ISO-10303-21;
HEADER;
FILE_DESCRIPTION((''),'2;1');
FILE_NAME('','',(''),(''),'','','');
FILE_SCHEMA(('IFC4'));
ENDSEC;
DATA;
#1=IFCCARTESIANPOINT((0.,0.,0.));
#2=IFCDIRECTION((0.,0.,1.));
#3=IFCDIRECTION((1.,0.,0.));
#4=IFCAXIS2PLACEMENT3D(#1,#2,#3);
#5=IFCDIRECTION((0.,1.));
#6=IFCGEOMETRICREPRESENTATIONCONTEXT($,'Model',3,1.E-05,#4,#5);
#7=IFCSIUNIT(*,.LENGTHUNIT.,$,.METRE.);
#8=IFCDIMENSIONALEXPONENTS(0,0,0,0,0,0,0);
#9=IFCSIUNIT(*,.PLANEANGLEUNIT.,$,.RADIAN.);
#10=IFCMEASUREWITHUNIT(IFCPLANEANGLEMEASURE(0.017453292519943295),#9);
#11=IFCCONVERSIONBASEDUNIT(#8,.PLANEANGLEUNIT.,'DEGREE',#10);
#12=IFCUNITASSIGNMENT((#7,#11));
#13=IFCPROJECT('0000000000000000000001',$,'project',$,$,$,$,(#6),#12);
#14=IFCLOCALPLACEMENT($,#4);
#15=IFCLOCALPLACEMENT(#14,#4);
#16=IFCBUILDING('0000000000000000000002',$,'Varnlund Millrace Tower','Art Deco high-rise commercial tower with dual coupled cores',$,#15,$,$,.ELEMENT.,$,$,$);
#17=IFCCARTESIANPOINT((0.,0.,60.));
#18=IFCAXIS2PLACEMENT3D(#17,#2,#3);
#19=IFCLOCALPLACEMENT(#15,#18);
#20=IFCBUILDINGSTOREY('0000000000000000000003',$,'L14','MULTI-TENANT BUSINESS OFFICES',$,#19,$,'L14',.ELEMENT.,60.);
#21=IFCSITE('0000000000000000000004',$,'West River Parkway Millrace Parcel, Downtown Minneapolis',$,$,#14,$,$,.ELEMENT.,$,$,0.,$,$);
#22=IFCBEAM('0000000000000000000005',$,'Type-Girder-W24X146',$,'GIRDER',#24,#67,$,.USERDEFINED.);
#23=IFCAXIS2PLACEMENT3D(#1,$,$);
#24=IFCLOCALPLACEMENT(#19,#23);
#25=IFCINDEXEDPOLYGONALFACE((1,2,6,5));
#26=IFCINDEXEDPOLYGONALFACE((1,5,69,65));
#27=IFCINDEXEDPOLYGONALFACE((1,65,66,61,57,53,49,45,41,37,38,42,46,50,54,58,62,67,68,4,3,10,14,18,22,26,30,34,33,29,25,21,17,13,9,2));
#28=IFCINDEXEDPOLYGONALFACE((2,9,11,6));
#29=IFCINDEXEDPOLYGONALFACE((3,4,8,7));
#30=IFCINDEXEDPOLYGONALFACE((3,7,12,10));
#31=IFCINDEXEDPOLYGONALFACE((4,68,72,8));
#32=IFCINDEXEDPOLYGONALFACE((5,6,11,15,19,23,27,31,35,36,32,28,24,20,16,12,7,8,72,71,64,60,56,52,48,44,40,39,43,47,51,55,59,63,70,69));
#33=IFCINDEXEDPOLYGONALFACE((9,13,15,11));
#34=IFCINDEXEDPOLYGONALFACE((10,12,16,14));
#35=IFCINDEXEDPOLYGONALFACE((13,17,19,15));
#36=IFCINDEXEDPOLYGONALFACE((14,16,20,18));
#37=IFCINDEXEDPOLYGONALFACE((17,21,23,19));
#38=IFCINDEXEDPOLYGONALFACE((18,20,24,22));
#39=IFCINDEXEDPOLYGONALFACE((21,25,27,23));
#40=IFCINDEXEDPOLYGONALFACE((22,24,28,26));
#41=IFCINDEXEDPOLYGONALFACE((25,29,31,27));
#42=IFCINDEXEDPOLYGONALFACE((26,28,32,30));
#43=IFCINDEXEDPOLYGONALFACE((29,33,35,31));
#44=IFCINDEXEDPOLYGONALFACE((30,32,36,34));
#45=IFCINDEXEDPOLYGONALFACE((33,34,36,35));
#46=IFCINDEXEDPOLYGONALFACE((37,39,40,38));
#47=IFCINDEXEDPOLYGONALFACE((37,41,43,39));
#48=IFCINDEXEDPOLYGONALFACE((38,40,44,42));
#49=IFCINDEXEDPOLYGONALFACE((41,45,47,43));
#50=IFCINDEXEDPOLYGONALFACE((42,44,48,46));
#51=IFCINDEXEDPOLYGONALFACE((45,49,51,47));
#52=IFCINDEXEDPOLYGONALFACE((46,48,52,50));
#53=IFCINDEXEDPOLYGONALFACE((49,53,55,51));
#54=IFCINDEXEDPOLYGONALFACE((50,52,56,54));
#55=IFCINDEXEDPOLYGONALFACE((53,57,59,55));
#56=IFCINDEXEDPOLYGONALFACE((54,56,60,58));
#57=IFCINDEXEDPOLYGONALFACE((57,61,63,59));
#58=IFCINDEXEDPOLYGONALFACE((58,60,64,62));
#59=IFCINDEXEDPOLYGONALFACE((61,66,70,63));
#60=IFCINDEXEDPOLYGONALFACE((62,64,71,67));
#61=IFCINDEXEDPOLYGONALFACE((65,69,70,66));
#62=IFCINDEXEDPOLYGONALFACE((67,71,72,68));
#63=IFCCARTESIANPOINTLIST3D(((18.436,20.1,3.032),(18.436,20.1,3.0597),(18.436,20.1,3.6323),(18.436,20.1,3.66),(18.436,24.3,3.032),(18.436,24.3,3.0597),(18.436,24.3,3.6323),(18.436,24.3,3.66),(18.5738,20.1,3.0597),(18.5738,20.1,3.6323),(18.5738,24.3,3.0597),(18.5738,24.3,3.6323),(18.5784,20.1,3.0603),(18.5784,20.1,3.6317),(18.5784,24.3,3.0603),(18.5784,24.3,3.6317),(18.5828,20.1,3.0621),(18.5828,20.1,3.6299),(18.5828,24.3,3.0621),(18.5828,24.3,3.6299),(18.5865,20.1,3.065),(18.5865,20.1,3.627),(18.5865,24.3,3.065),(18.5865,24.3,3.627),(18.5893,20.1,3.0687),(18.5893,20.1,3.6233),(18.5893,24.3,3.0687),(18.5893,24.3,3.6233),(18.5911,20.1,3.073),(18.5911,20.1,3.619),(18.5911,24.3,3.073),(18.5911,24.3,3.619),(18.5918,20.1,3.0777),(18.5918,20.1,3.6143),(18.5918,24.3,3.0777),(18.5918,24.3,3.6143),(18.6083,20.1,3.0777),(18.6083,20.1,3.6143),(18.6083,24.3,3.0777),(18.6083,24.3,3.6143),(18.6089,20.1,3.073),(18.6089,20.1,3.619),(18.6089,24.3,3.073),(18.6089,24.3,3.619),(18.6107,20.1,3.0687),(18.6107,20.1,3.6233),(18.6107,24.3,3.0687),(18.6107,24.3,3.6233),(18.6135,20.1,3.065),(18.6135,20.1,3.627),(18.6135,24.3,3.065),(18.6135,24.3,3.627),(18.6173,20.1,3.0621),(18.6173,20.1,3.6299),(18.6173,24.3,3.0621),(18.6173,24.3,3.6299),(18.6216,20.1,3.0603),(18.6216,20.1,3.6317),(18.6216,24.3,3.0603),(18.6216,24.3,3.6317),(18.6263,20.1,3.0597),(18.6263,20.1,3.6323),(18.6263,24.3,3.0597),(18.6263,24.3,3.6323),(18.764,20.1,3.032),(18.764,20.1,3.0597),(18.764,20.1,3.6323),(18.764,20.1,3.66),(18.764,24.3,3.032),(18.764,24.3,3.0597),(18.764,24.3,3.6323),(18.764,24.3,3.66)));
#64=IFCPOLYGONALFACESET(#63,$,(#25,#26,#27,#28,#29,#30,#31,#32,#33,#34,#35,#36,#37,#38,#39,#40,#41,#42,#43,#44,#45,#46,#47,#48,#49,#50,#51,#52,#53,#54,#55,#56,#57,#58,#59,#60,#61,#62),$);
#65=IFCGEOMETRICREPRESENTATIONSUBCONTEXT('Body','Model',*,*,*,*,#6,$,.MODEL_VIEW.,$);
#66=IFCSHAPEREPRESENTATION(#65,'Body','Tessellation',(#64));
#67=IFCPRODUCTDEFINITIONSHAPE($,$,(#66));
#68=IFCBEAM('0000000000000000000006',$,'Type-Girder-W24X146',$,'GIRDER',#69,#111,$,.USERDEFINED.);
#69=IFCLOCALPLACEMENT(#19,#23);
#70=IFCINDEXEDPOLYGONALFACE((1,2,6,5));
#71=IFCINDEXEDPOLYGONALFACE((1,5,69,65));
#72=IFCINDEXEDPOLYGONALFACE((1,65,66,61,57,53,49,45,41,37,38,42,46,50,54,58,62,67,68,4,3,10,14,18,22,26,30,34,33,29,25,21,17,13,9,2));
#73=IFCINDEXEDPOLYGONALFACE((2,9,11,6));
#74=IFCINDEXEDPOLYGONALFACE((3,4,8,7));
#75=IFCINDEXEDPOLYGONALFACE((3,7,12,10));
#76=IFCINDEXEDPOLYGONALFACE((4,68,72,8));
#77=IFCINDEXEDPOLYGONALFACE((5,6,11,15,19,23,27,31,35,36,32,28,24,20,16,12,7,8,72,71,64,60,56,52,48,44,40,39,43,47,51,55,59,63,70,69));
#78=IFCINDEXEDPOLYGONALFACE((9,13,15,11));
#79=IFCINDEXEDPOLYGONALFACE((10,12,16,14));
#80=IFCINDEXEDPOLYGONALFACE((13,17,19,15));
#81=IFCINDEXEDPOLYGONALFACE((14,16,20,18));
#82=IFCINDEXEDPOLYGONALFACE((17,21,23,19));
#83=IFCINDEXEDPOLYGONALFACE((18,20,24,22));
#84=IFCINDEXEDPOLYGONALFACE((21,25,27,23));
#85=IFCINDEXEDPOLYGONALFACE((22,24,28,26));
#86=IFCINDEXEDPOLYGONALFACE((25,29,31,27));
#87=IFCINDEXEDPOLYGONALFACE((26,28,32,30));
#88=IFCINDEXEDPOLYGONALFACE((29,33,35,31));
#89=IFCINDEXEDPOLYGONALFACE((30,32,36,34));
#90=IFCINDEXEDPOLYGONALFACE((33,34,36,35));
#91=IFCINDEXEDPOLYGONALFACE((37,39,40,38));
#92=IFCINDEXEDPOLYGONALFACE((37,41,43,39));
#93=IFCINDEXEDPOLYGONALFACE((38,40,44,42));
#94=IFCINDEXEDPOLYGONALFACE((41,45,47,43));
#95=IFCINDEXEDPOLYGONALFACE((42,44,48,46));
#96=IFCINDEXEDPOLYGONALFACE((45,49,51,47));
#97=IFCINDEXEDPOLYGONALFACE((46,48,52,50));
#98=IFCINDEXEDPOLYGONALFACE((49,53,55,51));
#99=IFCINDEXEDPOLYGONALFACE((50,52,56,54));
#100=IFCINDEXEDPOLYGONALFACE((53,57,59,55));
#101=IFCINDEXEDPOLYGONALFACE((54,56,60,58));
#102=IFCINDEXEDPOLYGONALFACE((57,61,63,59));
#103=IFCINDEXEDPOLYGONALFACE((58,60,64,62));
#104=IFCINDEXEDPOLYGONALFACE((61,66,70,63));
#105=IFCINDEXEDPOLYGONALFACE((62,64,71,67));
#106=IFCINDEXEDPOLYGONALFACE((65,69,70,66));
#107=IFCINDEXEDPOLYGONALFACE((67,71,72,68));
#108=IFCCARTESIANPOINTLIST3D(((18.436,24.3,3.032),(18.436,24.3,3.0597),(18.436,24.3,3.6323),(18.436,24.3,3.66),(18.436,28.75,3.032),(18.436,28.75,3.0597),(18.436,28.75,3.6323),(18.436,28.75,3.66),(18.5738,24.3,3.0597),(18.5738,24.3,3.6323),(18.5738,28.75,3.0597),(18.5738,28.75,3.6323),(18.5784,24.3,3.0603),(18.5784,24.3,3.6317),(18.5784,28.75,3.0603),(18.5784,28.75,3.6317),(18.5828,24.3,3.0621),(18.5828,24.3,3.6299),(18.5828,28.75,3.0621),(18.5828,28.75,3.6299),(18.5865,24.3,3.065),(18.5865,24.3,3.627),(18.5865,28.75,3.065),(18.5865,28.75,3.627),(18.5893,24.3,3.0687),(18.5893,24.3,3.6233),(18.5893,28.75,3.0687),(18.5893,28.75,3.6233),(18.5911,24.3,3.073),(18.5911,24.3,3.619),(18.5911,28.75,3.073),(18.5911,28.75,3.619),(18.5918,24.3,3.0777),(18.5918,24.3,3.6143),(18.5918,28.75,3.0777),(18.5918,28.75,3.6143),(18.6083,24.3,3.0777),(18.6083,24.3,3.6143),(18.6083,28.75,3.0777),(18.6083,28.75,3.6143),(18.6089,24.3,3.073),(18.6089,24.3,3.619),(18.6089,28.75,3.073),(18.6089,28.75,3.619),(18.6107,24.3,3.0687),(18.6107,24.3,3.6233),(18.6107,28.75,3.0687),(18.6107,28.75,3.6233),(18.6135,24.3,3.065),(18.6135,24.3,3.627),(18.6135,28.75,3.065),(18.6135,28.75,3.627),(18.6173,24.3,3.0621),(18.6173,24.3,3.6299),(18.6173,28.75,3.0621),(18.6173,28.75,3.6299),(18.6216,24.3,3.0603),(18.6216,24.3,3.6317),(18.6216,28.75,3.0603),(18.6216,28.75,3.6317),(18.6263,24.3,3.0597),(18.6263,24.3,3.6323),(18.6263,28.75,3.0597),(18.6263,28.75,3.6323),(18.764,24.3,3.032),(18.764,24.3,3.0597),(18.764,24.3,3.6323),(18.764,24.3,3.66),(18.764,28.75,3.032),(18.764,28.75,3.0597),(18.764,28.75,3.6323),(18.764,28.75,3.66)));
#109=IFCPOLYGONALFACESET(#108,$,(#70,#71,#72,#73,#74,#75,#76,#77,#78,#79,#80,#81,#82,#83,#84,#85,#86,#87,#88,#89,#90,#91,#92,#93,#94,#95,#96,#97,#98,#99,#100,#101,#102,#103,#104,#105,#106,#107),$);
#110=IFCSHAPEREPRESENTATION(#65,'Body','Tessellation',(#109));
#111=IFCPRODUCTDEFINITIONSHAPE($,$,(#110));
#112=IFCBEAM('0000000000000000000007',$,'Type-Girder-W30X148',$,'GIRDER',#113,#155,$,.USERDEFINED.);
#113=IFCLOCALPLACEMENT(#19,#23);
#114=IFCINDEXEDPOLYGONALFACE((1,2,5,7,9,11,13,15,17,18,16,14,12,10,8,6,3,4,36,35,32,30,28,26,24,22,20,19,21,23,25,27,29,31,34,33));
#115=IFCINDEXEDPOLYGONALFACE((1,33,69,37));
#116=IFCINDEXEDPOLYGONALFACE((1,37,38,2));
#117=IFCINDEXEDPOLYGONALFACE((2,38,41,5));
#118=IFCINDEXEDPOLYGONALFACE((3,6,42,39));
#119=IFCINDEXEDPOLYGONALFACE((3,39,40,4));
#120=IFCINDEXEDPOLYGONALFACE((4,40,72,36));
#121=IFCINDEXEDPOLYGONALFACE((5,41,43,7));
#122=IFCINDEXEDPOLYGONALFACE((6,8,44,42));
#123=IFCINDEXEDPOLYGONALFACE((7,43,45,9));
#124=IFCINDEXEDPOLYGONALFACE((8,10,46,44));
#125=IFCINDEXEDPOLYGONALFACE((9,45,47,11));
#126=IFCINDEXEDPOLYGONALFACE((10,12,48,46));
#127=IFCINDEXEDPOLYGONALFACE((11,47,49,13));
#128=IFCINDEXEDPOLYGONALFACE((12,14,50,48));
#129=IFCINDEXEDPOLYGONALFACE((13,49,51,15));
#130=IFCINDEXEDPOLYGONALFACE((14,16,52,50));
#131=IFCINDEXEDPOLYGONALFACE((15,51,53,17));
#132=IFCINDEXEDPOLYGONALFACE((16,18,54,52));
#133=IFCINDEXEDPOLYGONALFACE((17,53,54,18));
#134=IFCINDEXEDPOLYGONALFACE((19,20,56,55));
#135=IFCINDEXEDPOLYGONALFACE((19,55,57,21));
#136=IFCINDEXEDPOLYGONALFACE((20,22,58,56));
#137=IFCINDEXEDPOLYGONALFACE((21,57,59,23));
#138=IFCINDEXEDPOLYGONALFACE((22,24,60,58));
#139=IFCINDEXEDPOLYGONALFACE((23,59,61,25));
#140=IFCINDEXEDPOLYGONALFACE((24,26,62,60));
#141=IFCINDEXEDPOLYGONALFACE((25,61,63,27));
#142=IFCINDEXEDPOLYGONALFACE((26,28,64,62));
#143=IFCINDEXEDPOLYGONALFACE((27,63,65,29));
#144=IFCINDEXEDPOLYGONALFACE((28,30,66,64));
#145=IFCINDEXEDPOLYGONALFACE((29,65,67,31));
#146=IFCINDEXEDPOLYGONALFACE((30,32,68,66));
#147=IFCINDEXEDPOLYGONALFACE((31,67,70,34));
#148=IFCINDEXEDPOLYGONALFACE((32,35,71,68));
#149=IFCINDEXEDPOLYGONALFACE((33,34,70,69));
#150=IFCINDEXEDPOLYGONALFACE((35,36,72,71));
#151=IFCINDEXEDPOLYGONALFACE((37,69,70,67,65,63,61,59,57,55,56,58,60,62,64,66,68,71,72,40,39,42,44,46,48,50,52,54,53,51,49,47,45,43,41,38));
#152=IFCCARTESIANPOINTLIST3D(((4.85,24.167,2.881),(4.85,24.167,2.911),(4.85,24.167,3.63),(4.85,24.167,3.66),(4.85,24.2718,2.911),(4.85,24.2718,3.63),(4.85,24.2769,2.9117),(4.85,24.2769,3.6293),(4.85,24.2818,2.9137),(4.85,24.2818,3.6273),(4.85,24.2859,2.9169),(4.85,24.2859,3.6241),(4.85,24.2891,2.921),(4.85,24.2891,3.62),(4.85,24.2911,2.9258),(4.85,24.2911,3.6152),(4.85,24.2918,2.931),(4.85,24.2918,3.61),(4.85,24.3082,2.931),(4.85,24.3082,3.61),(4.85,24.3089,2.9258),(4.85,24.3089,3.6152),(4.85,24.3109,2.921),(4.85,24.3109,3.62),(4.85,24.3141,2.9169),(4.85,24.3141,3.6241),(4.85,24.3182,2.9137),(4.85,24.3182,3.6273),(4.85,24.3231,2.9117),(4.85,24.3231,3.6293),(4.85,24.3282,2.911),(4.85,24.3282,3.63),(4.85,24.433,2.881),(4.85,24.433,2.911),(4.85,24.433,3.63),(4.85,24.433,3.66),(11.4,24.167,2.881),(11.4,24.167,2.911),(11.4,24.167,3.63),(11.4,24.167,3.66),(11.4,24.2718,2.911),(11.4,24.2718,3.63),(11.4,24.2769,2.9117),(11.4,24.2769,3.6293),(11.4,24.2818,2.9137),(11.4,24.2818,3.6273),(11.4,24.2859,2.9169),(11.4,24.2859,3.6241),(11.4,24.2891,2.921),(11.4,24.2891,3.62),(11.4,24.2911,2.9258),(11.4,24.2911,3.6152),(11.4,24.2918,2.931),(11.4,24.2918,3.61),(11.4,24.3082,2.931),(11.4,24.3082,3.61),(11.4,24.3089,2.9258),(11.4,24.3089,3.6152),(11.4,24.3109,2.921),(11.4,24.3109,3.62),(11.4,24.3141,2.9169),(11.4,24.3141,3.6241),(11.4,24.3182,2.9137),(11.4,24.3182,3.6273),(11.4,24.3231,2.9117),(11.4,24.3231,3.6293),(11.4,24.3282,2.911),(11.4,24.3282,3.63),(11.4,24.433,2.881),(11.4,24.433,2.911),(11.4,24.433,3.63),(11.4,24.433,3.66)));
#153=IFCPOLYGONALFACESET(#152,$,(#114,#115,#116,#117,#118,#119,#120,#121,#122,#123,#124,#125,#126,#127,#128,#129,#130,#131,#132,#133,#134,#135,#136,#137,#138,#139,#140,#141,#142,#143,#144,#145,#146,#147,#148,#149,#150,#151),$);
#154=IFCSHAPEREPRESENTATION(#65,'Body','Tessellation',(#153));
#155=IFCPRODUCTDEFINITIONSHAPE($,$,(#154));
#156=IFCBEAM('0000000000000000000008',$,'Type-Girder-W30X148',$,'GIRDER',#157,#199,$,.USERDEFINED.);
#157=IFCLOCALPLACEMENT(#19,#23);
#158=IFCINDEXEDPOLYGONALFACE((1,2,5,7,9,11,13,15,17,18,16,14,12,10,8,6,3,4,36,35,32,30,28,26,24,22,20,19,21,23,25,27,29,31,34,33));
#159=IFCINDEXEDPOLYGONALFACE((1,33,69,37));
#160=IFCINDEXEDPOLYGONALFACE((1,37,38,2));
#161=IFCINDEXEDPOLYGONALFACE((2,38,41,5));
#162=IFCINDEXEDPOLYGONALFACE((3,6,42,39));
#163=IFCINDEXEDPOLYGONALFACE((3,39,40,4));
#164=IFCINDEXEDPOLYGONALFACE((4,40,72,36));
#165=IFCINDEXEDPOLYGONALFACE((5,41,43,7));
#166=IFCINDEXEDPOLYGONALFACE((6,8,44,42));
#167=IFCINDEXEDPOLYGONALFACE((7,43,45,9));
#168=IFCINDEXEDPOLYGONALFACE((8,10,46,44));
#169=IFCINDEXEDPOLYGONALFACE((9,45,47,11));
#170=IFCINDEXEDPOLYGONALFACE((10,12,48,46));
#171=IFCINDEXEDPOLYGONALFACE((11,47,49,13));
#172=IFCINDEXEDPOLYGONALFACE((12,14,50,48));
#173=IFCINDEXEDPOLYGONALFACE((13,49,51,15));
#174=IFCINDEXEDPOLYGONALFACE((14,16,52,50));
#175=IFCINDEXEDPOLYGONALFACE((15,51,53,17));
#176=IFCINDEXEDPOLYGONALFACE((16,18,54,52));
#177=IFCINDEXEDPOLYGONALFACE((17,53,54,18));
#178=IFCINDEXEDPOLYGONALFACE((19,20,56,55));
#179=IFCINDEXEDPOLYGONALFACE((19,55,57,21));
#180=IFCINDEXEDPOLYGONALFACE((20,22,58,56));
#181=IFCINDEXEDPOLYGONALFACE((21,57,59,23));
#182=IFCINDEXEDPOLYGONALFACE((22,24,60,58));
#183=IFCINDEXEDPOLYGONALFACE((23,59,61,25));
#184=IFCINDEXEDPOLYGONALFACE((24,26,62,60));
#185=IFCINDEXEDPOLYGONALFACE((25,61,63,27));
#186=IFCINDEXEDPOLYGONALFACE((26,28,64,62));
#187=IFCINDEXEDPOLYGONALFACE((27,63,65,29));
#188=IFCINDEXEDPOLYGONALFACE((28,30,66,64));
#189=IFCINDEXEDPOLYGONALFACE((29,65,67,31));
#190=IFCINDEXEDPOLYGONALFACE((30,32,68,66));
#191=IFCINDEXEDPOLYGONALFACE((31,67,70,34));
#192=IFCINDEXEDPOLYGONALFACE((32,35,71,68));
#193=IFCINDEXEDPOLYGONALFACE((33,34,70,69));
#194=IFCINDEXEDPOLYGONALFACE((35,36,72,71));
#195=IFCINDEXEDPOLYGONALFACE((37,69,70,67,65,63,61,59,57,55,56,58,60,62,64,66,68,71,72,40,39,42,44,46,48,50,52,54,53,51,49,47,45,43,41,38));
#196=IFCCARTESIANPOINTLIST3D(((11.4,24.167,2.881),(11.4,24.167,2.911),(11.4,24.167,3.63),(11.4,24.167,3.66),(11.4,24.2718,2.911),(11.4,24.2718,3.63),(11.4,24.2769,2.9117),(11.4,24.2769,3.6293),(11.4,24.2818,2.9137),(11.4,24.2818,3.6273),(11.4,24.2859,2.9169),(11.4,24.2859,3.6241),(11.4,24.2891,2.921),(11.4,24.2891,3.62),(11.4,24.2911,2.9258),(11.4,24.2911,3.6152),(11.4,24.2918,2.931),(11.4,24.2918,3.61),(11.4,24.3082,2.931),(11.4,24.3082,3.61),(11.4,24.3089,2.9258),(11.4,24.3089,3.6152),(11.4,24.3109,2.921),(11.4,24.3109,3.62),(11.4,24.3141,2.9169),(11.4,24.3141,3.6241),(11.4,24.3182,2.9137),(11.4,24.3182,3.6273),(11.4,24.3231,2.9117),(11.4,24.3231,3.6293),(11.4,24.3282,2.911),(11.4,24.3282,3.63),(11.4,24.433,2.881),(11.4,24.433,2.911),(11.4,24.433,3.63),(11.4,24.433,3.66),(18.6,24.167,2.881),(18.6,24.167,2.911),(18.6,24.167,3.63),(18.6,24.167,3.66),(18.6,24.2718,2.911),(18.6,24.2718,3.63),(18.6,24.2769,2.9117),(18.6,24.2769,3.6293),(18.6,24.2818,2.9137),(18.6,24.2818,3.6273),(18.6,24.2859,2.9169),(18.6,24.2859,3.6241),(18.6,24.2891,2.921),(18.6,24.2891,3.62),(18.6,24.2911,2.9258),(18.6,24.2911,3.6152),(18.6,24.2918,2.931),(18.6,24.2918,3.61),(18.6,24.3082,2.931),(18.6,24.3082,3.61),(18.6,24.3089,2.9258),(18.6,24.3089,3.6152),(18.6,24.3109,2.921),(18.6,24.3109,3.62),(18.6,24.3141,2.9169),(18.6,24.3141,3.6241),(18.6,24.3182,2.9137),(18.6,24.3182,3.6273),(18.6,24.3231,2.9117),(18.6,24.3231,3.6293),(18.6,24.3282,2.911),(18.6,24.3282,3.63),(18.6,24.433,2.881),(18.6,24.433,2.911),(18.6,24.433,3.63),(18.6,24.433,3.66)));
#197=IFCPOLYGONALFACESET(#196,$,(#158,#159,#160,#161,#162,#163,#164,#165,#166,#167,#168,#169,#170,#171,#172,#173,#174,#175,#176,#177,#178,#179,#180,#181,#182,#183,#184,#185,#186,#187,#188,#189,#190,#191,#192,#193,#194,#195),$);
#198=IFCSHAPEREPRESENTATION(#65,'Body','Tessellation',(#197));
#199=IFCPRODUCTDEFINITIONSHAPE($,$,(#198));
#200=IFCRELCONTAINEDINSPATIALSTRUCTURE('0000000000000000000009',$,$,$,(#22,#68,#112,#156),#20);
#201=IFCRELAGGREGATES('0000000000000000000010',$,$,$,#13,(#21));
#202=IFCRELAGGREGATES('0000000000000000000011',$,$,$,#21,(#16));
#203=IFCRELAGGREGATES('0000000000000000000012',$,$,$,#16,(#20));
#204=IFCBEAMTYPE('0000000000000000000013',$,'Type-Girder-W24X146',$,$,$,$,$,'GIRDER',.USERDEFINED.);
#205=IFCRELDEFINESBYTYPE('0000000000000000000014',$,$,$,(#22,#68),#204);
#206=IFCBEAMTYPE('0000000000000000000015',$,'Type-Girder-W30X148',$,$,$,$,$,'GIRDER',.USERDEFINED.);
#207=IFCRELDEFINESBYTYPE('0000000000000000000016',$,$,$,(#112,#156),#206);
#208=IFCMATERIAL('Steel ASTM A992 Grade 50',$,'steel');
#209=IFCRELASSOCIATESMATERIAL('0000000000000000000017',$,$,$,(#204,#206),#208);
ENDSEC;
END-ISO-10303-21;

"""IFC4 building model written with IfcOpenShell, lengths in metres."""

from ifc_helpers import new_model, entity, si_unit, converted_unit, direction, frame, origin_with_axes, origin_2d_with_axis, place, context, subcontext, project, spatial, i_section, extrude, material, material_profile, profile_set, type_object, element, save


model = new_model("IFC4")

# Units and contexts
model_context = context("Model", 3, precision=1e-05, world=origin_with_axes(), true_north=direction((0.0, 1.0)))
body_context = subcontext(model_context, "Body", "Model", "MODEL_VIEW")
ifc_project = project(units=[si_unit("LENGTHUNIT", "METRE"), converted_unit("PLANEANGLEUNIT", "DEGREE", entity("IfcPlaneAngleMeasure", 0.017453292519943295), si_unit("PLANEANGLEUNIT", "RADIAN"), dimensions=[0, 0, 0, 0, 0, 0, 0])], contexts=[model_context])

# Site, building, storey
site_placement = place(None, origin_with_axes())
site = spatial("IfcSite", under=ifc_project, at=site_placement, Name="West River Parkway Millrace Parcel, Downtown Minneapolis", CompositionType="ELEMENT", RefElevation=0.0)
building_placement = place(site_placement, origin_with_axes())
building = spatial("IfcBuilding", under=site, at=building_placement, Name="Varnlund Millrace Tower", Description="Art Deco high-rise commercial tower with dual coupled cores", CompositionType="ELEMENT")
storey_placement = place(building_placement, frame((0.0, 0.0, 60.0), z_axis=(0.0, 0.0, 1.0), x_axis=(1.0, 0.0, 0.0)))
storey = spatial("IfcBuildingStorey", under=building, at=storey_placement, Name="L14", Description="MULTI-TENANT BUSINESS OFFICES", LongName="L14", CompositionType="ELEMENT", Elevation=60.0)

# Beams
ifc_material_1 = material(Name="Steel ASTM A992 Grade 50", Category="steel")
ifc_material_profile_1 = material_profile(ifc_material_1, i_section(OverallWidth=0.328, OverallDepth=0.628, WebThickness=0.0165, FlangeThickness=0.0277, FilletRadius=0.018, at=origin_2d_with_axis()), Name="Steel ASTM A992 Grade 50")
ifc_profile_set_1 = profile_set([ifc_material_profile_1], Name="Steel ASTM A992 Grade 50")
beam_type_1 = type_object("IfcBeamType", Name="Type-Girder-W24X146", ElementType="GIRDER", PredefinedType="USERDEFINED", material=ifc_profile_set_1)
beam_1_placement = place(storey_placement, frame((18.6, 20.1, 3.346), z_axis=(0.0, 1.0, 0.0), x_axis=(-1.0, 0.0, 0.0)))
element("IfcBeam", 1, at=beam_1_placement, inside=storey, type_object=beam_type_1, Name="Type-Girder-W24X146", ObjectType="GIRDER", PredefinedType="USERDEFINED", context=body_context, shape_type="SweptSolid", body=[
    extrude(i_section(OverallWidth=0.328, OverallDepth=0.628, WebThickness=0.0165, FlangeThickness=0.0277, FilletRadius=0.018, at=origin_2d_with_axis()), origin_with_axes(), (0.0, 0.0, 1.0), 4.2),
])
beam_2_placement = place(storey_placement, frame((18.6, 24.3, 3.346), z_axis=(0.0, 1.0, 0.0), x_axis=(-1.0, 0.0, 0.0)))
element("IfcBeam", 2, at=beam_2_placement, inside=storey, type_object=beam_type_1, Name="Type-Girder-W24X146", ObjectType="GIRDER", PredefinedType="USERDEFINED", context=body_context, shape_type="SweptSolid", body=[
    extrude(i_section(OverallWidth=0.328, OverallDepth=0.628, WebThickness=0.0165, FlangeThickness=0.0277, FilletRadius=0.018, at=origin_2d_with_axis()), origin_with_axes(), (0.0, 0.0, 1.0), 4.45),
])
ifc_material_profile_2 = material_profile(ifc_material_1, i_section(OverallWidth=0.266, OverallDepth=0.779, WebThickness=0.0165, FlangeThickness=0.03, FilletRadius=0.02, at=origin_2d_with_axis()), Name="Steel ASTM A992 Grade 50")
ifc_profile_set_2 = profile_set([ifc_material_profile_2], Name="Steel ASTM A992 Grade 50")
beam_type_2 = type_object("IfcBeamType", Name="Type-Girder-W30X148", ElementType="GIRDER", PredefinedType="USERDEFINED", material=ifc_profile_set_2)
beam_3_placement = place(storey_placement, frame((4.85, 24.3, 3.2705), z_axis=(1.0, 0.0, 0.0), x_axis=(0.0, 1.0, 0.0)))
element("IfcBeam", 3, at=beam_3_placement, inside=storey, type_object=beam_type_2, Name="Type-Girder-W30X148", ObjectType="GIRDER", PredefinedType="USERDEFINED", context=body_context, shape_type="SweptSolid", body=[
    extrude(i_section(OverallWidth=0.266, OverallDepth=0.779, WebThickness=0.0165, FlangeThickness=0.03, FilletRadius=0.02, at=origin_2d_with_axis()), origin_with_axes(), (0.0, 0.0, 1.0), 6.55),
])
beam_4_placement = place(storey_placement, frame((11.4, 24.3, 3.2705), z_axis=(1.0, 0.0, 0.0), x_axis=(0.0, 1.0, 0.0)))
element("IfcBeam", 4, at=beam_4_placement, inside=storey, type_object=beam_type_2, Name="Type-Girder-W30X148", ObjectType="GIRDER", PredefinedType="USERDEFINED", context=body_context, shape_type="SweptSolid", body=[
    extrude(i_section(OverallWidth=0.266, OverallDepth=0.779, WebThickness=0.0165, FlangeThickness=0.03, FilletRadius=0.02, at=origin_2d_with_axis()), origin_with_axes(), (0.0, 0.0, 1.0), 7.2),
])

save(model, "model.ifc")
